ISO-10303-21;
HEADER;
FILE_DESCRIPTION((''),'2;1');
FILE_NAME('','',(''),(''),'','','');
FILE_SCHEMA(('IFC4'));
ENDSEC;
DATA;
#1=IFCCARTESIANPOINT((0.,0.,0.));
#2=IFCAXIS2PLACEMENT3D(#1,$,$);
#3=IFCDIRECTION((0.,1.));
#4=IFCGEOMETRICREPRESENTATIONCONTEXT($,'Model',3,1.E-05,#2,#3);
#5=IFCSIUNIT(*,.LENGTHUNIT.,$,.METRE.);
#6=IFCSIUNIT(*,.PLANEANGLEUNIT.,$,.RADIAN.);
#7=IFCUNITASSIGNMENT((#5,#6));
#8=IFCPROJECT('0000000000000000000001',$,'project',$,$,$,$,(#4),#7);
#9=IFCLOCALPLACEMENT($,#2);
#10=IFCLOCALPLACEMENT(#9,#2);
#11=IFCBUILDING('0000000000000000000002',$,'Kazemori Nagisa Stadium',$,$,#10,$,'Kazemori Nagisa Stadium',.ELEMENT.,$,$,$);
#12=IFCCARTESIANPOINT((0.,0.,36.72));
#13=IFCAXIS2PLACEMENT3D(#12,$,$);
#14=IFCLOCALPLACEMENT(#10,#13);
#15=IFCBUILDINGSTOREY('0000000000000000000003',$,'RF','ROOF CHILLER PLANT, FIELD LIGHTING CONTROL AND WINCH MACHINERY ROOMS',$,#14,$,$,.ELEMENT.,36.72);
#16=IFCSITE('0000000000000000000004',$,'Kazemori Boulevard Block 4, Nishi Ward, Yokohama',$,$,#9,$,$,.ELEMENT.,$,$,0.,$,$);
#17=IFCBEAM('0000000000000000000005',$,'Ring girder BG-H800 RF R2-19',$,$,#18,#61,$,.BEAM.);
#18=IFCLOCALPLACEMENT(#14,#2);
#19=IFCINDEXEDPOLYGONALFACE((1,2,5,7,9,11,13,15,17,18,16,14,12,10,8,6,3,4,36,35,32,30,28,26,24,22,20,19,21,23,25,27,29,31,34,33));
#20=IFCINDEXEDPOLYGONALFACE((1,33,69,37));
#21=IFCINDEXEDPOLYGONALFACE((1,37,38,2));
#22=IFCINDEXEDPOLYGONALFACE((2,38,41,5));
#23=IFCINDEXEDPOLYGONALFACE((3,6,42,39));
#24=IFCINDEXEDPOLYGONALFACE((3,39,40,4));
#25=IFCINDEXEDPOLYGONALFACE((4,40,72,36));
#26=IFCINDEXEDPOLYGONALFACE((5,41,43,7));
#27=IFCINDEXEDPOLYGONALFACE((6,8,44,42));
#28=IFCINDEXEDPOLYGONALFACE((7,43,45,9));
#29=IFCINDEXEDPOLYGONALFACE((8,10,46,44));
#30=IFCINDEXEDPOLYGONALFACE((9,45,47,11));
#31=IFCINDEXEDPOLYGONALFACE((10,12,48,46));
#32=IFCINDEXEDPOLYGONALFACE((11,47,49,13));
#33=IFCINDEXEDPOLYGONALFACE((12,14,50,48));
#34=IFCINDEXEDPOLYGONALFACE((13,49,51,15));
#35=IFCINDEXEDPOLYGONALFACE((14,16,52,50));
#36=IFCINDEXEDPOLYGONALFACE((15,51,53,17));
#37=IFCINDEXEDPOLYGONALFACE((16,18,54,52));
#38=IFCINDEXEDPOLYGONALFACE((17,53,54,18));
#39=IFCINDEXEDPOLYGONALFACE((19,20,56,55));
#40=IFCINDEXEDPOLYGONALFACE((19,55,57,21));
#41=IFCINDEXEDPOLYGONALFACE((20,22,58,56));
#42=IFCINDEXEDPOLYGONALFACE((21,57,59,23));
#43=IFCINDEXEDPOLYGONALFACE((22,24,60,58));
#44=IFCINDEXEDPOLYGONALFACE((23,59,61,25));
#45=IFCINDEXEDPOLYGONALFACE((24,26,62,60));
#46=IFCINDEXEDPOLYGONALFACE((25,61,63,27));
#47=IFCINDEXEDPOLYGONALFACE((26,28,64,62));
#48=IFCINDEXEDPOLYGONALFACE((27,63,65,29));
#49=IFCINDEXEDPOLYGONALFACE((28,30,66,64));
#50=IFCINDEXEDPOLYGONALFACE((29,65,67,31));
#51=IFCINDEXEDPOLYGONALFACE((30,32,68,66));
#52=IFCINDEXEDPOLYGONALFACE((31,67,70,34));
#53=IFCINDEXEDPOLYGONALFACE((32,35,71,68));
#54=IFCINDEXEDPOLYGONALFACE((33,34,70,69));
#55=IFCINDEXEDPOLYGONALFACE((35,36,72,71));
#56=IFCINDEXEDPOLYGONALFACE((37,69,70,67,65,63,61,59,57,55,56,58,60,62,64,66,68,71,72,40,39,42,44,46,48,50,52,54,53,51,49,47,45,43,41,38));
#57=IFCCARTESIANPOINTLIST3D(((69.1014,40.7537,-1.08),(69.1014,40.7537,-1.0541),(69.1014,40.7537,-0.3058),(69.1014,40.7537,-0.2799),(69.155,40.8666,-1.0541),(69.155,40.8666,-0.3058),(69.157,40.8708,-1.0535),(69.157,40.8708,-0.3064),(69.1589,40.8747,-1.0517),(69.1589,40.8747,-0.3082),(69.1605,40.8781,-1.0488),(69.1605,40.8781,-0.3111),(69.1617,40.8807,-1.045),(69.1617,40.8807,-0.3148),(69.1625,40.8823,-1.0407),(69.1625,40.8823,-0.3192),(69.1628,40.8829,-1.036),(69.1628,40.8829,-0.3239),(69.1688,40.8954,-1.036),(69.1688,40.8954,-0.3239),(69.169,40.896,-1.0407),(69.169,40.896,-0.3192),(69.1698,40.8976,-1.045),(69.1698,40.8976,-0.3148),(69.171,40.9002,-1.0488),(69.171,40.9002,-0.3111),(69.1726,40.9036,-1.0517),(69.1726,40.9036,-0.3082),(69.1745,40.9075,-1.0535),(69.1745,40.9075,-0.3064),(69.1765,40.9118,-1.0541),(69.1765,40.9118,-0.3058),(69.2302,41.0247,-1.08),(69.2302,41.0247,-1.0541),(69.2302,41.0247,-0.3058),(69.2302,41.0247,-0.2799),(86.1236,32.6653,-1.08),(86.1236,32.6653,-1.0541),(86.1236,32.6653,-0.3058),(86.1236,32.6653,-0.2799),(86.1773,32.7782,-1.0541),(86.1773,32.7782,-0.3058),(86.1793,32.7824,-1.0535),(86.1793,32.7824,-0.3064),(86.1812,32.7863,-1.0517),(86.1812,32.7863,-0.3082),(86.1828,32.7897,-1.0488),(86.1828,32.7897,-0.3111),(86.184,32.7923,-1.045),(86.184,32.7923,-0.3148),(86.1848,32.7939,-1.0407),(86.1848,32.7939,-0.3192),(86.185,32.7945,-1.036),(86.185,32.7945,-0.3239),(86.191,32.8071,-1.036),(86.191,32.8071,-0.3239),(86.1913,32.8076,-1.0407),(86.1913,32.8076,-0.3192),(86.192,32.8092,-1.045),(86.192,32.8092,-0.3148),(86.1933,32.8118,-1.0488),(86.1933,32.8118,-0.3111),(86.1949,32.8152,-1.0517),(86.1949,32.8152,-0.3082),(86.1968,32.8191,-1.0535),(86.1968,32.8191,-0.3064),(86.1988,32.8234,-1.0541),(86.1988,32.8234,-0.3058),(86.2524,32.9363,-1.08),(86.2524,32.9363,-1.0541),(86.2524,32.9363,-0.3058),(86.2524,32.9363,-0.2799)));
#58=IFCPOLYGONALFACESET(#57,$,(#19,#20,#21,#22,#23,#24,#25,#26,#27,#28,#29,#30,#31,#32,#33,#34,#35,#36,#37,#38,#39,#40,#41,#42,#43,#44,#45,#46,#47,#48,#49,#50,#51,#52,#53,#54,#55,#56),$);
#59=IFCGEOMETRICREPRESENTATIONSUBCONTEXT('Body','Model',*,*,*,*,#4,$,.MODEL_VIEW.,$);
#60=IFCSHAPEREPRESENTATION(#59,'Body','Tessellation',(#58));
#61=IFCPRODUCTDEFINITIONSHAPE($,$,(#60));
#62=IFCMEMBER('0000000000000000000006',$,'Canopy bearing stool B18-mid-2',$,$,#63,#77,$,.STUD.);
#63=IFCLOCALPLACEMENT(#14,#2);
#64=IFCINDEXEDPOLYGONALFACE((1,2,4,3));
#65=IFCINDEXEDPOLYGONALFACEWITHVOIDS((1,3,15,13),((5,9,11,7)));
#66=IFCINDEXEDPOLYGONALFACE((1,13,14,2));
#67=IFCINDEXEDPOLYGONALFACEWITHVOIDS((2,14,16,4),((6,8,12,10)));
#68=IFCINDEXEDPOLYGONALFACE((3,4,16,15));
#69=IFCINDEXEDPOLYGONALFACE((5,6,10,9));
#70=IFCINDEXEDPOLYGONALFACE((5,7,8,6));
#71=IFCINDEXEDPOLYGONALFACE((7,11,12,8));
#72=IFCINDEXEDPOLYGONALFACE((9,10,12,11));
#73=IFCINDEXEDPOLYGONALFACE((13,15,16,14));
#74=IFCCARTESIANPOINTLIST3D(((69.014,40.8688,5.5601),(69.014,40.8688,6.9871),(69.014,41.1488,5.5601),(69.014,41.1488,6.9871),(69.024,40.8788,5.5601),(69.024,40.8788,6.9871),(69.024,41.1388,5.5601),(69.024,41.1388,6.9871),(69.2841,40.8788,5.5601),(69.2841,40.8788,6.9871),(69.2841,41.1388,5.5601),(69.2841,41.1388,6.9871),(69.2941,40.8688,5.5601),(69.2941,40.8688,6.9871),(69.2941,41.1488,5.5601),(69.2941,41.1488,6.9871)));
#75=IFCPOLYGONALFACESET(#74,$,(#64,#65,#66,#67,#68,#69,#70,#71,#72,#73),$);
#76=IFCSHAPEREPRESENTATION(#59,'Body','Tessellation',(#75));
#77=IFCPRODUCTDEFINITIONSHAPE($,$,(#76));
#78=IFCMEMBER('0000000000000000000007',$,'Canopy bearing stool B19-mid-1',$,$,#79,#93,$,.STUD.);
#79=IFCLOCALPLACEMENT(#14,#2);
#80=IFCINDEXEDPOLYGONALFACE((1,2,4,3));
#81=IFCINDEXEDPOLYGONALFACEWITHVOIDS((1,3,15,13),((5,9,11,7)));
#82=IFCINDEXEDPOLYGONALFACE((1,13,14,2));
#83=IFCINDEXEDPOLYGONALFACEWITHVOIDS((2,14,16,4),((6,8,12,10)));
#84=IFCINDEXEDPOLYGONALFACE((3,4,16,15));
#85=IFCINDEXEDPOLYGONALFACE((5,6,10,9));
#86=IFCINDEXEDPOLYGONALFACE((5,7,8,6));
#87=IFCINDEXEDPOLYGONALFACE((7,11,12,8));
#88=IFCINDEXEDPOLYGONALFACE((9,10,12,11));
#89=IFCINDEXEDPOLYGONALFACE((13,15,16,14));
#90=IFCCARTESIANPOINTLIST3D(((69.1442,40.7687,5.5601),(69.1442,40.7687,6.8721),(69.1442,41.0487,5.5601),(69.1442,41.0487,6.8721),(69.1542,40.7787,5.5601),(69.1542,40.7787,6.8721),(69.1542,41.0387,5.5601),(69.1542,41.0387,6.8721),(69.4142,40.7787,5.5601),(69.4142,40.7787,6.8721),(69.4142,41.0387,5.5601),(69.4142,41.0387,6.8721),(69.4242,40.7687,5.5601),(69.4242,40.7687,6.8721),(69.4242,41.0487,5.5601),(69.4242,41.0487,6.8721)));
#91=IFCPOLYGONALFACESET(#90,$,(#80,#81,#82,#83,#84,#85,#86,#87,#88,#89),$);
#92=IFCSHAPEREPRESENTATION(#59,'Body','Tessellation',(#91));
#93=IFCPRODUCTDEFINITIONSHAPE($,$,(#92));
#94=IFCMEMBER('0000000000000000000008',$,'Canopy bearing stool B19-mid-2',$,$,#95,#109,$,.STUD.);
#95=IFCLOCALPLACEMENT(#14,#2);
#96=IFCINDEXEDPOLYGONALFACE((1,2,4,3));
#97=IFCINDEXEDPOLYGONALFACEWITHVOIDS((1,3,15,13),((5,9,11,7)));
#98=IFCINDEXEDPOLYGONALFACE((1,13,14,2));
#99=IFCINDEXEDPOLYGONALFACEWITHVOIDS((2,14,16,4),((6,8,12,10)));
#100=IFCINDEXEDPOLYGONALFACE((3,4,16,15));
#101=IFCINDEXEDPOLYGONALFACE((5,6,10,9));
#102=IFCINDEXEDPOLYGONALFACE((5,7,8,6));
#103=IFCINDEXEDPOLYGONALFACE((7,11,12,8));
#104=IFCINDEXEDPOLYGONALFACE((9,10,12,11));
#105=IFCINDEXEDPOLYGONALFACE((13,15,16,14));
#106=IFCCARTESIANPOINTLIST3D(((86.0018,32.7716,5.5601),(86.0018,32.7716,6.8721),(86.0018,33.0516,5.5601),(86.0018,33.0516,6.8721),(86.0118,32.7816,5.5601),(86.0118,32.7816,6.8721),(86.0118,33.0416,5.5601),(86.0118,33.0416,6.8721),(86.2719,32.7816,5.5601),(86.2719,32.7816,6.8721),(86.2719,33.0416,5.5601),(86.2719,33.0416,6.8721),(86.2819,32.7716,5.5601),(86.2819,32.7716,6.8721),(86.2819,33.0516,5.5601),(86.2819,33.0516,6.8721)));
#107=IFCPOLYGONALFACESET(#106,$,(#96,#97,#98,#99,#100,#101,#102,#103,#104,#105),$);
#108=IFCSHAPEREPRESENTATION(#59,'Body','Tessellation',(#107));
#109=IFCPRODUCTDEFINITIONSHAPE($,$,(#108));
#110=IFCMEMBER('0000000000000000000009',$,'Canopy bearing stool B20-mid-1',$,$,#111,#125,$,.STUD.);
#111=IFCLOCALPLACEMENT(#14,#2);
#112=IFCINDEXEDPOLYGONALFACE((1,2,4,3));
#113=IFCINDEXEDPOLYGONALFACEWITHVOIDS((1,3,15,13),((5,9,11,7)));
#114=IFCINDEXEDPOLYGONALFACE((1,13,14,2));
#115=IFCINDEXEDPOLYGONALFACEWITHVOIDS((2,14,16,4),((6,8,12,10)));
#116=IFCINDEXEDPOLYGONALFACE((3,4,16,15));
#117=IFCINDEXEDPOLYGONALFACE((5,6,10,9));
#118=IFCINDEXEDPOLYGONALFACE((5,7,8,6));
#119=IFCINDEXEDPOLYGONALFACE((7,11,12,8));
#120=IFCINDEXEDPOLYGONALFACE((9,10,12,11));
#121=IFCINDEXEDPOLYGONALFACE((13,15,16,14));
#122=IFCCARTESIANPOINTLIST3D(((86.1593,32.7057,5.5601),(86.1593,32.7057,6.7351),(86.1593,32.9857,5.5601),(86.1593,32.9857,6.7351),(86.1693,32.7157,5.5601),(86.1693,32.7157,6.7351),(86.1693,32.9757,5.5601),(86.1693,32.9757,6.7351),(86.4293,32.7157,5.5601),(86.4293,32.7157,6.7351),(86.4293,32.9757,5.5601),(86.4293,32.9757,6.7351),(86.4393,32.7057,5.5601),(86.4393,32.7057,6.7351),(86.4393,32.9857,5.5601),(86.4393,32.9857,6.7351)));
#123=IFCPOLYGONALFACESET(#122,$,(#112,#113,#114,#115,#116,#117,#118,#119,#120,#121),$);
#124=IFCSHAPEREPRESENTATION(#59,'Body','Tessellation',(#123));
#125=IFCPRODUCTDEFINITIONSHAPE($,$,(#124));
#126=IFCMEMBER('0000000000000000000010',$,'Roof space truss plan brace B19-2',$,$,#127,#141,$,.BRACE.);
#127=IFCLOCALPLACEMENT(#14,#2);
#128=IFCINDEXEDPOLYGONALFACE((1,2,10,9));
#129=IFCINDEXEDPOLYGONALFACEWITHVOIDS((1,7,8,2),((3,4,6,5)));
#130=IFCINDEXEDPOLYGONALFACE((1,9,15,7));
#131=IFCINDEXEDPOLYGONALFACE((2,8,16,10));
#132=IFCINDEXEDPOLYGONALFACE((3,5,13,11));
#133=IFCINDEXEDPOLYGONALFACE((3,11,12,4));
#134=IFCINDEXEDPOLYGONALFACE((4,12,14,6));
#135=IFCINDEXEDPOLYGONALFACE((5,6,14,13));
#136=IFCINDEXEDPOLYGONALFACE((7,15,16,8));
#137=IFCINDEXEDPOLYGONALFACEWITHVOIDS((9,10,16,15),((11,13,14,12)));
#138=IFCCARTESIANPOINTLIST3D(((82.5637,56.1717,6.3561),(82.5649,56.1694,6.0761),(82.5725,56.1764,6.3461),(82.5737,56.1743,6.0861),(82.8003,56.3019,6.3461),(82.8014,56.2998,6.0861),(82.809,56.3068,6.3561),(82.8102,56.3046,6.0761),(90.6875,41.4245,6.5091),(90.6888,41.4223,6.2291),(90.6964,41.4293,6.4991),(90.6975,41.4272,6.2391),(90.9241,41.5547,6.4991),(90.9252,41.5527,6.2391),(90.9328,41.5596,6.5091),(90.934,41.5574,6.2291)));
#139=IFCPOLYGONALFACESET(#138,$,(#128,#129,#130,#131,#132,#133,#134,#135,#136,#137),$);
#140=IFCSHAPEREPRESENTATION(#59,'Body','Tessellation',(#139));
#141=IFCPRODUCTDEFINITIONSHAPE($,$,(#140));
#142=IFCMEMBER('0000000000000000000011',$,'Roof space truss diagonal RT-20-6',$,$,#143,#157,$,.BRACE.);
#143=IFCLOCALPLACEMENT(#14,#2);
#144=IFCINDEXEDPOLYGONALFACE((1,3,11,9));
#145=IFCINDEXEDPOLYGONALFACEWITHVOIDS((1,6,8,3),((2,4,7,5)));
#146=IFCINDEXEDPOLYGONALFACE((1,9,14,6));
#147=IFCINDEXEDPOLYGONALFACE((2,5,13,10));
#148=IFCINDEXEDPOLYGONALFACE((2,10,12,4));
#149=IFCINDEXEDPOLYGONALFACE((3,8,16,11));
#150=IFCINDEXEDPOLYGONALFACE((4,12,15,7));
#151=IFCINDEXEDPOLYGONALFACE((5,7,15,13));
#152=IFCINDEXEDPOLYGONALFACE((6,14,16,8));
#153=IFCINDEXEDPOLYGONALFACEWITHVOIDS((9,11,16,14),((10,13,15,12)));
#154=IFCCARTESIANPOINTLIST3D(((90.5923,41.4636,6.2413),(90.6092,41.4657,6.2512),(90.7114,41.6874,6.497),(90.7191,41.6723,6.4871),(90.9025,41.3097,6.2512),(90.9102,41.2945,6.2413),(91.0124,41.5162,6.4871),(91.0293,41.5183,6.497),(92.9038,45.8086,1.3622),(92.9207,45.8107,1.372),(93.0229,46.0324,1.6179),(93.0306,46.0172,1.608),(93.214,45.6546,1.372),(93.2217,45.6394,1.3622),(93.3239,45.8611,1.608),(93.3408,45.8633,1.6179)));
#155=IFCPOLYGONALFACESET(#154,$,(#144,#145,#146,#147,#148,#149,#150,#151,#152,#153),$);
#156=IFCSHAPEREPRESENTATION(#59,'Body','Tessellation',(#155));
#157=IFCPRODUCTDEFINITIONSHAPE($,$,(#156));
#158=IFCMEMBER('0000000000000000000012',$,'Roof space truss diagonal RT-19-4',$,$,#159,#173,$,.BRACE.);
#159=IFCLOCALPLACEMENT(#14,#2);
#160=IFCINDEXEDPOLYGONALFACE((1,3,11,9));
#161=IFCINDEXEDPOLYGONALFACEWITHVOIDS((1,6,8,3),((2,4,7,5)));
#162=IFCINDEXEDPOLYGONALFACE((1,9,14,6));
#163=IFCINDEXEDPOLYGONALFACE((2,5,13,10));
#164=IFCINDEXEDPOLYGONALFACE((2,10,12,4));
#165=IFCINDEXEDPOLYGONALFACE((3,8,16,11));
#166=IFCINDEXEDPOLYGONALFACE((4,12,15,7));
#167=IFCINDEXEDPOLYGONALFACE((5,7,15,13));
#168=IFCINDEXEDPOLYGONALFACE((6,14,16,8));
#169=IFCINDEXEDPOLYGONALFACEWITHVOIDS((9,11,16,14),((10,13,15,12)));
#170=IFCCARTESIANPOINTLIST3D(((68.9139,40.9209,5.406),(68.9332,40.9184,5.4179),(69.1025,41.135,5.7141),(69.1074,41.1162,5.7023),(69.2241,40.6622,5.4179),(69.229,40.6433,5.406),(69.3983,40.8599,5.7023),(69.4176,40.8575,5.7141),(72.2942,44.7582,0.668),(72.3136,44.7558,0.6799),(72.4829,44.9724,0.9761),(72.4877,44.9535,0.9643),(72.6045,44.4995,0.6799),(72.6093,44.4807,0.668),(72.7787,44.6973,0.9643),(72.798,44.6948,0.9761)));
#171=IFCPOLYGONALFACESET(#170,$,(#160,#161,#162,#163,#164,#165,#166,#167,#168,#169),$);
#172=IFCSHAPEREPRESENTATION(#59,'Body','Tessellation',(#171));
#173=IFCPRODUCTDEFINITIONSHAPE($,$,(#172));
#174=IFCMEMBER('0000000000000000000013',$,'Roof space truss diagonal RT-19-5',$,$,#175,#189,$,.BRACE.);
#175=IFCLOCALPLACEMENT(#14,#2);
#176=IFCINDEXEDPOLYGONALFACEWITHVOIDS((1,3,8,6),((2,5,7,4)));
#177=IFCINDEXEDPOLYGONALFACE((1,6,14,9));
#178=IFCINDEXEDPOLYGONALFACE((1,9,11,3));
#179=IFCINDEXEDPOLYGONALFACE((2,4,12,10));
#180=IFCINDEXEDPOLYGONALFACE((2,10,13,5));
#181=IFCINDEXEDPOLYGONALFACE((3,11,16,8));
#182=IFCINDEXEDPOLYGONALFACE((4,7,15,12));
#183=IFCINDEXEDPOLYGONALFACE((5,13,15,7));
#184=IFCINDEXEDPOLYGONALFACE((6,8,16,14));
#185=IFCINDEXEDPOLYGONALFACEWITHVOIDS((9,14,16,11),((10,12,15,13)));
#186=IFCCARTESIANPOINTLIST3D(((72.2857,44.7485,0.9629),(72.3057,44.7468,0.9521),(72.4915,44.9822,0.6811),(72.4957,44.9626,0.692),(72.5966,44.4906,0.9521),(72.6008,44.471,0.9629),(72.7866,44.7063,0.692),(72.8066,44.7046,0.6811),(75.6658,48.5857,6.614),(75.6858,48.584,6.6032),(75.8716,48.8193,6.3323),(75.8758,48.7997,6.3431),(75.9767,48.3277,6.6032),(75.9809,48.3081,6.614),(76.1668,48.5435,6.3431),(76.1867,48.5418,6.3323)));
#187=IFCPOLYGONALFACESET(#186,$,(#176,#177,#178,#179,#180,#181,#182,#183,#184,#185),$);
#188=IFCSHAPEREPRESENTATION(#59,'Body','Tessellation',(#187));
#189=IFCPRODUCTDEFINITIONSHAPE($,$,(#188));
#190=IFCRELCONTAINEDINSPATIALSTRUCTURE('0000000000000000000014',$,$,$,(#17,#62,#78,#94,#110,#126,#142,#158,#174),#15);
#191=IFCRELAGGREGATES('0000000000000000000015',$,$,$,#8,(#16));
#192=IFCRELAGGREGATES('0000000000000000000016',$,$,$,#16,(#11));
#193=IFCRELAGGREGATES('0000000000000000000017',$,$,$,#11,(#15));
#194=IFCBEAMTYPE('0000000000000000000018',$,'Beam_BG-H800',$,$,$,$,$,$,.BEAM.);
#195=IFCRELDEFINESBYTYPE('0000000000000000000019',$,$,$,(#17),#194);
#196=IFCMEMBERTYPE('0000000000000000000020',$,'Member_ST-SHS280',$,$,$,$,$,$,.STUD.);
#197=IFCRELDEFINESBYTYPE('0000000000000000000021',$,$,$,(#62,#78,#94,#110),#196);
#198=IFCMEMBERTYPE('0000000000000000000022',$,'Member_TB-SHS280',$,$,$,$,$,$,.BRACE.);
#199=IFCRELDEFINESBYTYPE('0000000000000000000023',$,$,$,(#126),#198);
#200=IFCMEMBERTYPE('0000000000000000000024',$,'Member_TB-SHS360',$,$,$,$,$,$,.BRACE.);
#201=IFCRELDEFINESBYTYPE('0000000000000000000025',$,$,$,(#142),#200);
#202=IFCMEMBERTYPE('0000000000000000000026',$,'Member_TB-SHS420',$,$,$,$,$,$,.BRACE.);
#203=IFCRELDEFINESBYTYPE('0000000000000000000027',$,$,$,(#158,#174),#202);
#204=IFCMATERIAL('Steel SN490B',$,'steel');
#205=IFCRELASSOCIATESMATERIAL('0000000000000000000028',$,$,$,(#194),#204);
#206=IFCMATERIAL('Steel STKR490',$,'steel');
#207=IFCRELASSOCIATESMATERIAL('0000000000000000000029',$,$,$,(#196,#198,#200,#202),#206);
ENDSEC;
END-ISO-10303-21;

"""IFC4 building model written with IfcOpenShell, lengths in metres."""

from ifc_helpers import new_model, si_unit, direction, frame, origin, origin_2d, place, context, subcontext, project, spatial, hollow_rectangle, i_section, extrude, material, material_profile, profile_set, type_object, element, save


model = new_model("IFC4")

# Units and contexts
model_context = context("Model", 3, precision=1e-05, world=origin(), true_north=direction((0.0, 1.0)))
body_context = subcontext(model_context, "Body", "Model", "MODEL_VIEW")
ifc_project = project(units=[si_unit("LENGTHUNIT", "METRE"), si_unit("PLANEANGLEUNIT", "RADIAN")], contexts=[model_context])

# Site, building, storey
site_placement = place(None, origin())
site = spatial("IfcSite", under=ifc_project, at=site_placement, Name="Kazemori Boulevard Block 4, Nishi Ward, Yokohama", CompositionType="ELEMENT", RefElevation=0.0)
building_placement = place(site_placement, origin())
building = spatial("IfcBuilding", under=site, at=building_placement, Name="Kazemori Nagisa Stadium", LongName="Kazemori Nagisa Stadium", CompositionType="ELEMENT")
storey_placement = place(building_placement, frame((0.0, 0.0, 36.72)))
storey = spatial("IfcBuildingStorey", under=building, at=storey_placement, Name="RF", Description="ROOF CHILLER PLANT, FIELD LIGHTING CONTROL AND WINCH MACHINERY ROOMS", CompositionType="ELEMENT", Elevation=36.72)

# Shared definitions
ifc_material_1 = material(Name="Steel SN490B", Category="steel")

# Beam
ifc_material_profile_1 = material_profile(ifc_material_1, i_section(OverallWidth=0.3, OverallDepth=0.8, WebThickness=0.0139, FlangeThickness=0.0259, FilletRadius=0.0181, at=origin_2d()), Name="H-800x300x14x26")
ifc_profile_set_1 = profile_set([ifc_material_profile_1], Name="Steel SN490B")
beam_type_1 = type_object("IfcBeamType", Name="Beam_BG-H800", PredefinedType="BEAM", material=ifc_profile_set_1)
beam_1_placement = place(storey_placement, frame((69.1658, 40.8892, -0.6799), z_axis=(0.903219, -0.429179, 0.0), x_axis=(0.429179, 0.903219, 0.0)))
element("IfcBeam", 1, at=beam_1_placement, inside=storey, type_object=beam_type_1, Name="Ring girder BG-H800 RF R2-19", PredefinedType="BEAM", context=body_context, shape_type="SweptSolid", body=[
    extrude(i_section(OverallWidth=0.3, OverallDepth=0.8, WebThickness=0.0139, FlangeThickness=0.0259, FilletRadius=0.0181, at=origin_2d()), origin(), (0.0, 0.0, 1.0), 18.8462),
])

# Members
ifc_material_2 = material(Name="Steel STKR490", Category="steel")
ifc_material_profile_2 = material_profile(ifc_material_2, hollow_rectangle(XDim=0.28, YDim=0.28, WallThickness=0.01, at=origin_2d()), Name="SHS-280x280x10")
ifc_profile_set_2 = profile_set([ifc_material_profile_2], Name="Steel STKR490")
member_type_1 = type_object("IfcMemberType", Name="Member_ST-SHS280", PredefinedType="STUD", material=ifc_profile_set_2)
member_1_placement = place(storey_placement, frame((69.1541, 41.0088, 5.5601), z_axis=(0.0, 0.0, 1.0), x_axis=(1.0, 0.0, 0.0)))
element("IfcMember", 2, at=member_1_placement, inside=storey, type_object=member_type_1, Name="Canopy bearing stool B18-mid-2", PredefinedType="STUD", context=body_context, shape_type="SweptSolid", body=[
    extrude(hollow_rectangle(XDim=0.28, YDim=0.28, WallThickness=0.01, at=origin_2d()), origin(), (0.0, 0.0, 1.0), 1.427),
])
for number, where, z_axis, x_axis, name in (
    (3, (69.2842, 40.9087, 5.5601), (0.0, 0.0, 1.0), (1.0, 0.0, 0.0), "Canopy bearing stool B19-mid-1"),
    (4, (86.1418, 32.9116, 5.5601), (0.0, 0.0, 1.0), (1.0, 0.0, 0.0), "Canopy bearing stool B19-mid-2"),
):
    element("IfcMember", number, at=place(storey_placement, frame(where, z_axis=z_axis, x_axis=x_axis)), inside=storey, type_object=member_type_1, Name=name, PredefinedType="STUD", context=body_context, shape_type="SweptSolid", body=[
        extrude(hollow_rectangle(XDim=0.28, YDim=0.28, WallThickness=0.01, at=origin_2d()), origin(), (0.0, 0.0, 1.0), 1.312),
    ])
member_2_placement = place(storey_placement, frame((86.2993, 32.8457, 5.5601), z_axis=(0.0, 0.0, 1.0), x_axis=(1.0, 0.0, 0.0)))
element("IfcMember", 5, at=member_2_placement, inside=storey, type_object=member_type_1, Name="Canopy bearing stool B20-mid-1", PredefinedType="STUD", context=body_context, shape_type="SweptSolid", body=[
    extrude(hollow_rectangle(XDim=0.28, YDim=0.28, WallThickness=0.01, at=origin_2d()), origin(), (0.0, 0.0, 1.0), 1.175),
])
ifc_material_profile_3 = material_profile(ifc_material_2, hollow_rectangle(XDim=0.28, YDim=0.28, WallThickness=0.01, at=origin_2d()), Name="SHS-280x280x10")
ifc_profile_set_3 = profile_set([ifc_material_profile_3], Name="Steel STKR490")
member_type_2 = type_object("IfcMemberType", Name="Member_TB-SHS280", PredefinedType="BRACE", material=ifc_profile_set_3)
member_3_placement = place(storey_placement, frame((90.8108, 41.491, 6.3691), z_axis=(-0.482487, 0.875856, -0.009091), x_axis=(-0.875892, -0.482506, 0.0)))
element("IfcMember", 6, at=member_3_placement, inside=storey, type_object=member_type_2, Name="Roof space truss plan brace B19-2", PredefinedType="BRACE", context=body_context, shape_type="SweptSolid", body=[
    extrude(hollow_rectangle(XDim=0.28, YDim=0.28, WallThickness=0.01, at=origin_2d()), origin(), (0.0, 0.0, 1.0), 16.8374),
])
ifc_material_profile_4 = material_profile(ifc_material_2, hollow_rectangle(XDim=0.3601, YDim=0.3601, WallThickness=0.0139, at=origin_2d()), Name="SHS-360x360x14")
ifc_profile_set_4 = profile_set([ifc_material_profile_4], Name="Steel STKR490")
member_type_3 = type_object("IfcMemberType", Name="Member_TB-SHS360", PredefinedType="BRACE", material=ifc_profile_set_4)
member_4_placement = place(storey_placement, frame((90.8108, 41.491, 6.3691), z_axis=(0.333542, 0.62696, -0.704039), x_axis=(-0.882841, 0.469671, 0.0)))
element("IfcMember", 7, at=member_4_placement, inside=storey, type_object=member_type_3, Name="Roof space truss diagonal RT-20-6", PredefinedType="BRACE", context=body_context, shape_type="SweptSolid", body=[
    extrude(hollow_rectangle(XDim=0.3601, YDim=0.3601, WallThickness=0.0139, at=origin_2d()), origin(), (0.0, 0.0, 1.0), 6.9302),
])
ifc_material_profile_5 = material_profile(ifc_material_2, hollow_rectangle(XDim=0.4199, YDim=0.4199, WallThickness=0.0161, at=origin_2d()), Name="SHS-420x420x16")
ifc_profile_set_5 = profile_set([ifc_material_profile_5], Name="Steel STKR490")
member_type_4 = type_object("IfcMemberType", Name="Member_TB-SHS420", PredefinedType="BRACE", material=ifc_profile_set_5)
member_5_placement = place(storey_placement, frame((69.1658, 40.8892, 5.5601), z_axis=(0.484886, 0.550443, -0.679631), x_axis=(-0.750378, 0.661009, 0.0)))
element("IfcMember", 8, at=member_5_placement, inside=storey, type_object=member_type_4, Name="Roof space truss diagonal RT-19-4", PredefinedType="BRACE", context=body_context, shape_type="SweptSolid", body=[
    extrude(hollow_rectangle(XDim=0.4199, YDim=0.4199, WallThickness=0.0161, at=origin_2d()), origin(), (0.0, 0.0, 1.0), 6.9714),
])
member_6_placement = place(storey_placement, frame((72.5461, 44.7266, 0.822), z_axis=(0.44351, 0.503478, 0.741491), x_axis=(-0.750381, 0.661006, 0.0)))
element("IfcMember", 9, at=member_6_placement, inside=storey, type_object=member_type_4, Name="Roof space truss diagonal RT-19-5", PredefinedType="BRACE", context=body_context, shape_type="SweptSolid", body=[
    extrude(hollow_rectangle(XDim=0.4199, YDim=0.4199, WallThickness=0.0161, at=origin_2d()), origin(), (0.0, 0.0, 1.0), 7.6213),
])

save(model, "model.ifc")
